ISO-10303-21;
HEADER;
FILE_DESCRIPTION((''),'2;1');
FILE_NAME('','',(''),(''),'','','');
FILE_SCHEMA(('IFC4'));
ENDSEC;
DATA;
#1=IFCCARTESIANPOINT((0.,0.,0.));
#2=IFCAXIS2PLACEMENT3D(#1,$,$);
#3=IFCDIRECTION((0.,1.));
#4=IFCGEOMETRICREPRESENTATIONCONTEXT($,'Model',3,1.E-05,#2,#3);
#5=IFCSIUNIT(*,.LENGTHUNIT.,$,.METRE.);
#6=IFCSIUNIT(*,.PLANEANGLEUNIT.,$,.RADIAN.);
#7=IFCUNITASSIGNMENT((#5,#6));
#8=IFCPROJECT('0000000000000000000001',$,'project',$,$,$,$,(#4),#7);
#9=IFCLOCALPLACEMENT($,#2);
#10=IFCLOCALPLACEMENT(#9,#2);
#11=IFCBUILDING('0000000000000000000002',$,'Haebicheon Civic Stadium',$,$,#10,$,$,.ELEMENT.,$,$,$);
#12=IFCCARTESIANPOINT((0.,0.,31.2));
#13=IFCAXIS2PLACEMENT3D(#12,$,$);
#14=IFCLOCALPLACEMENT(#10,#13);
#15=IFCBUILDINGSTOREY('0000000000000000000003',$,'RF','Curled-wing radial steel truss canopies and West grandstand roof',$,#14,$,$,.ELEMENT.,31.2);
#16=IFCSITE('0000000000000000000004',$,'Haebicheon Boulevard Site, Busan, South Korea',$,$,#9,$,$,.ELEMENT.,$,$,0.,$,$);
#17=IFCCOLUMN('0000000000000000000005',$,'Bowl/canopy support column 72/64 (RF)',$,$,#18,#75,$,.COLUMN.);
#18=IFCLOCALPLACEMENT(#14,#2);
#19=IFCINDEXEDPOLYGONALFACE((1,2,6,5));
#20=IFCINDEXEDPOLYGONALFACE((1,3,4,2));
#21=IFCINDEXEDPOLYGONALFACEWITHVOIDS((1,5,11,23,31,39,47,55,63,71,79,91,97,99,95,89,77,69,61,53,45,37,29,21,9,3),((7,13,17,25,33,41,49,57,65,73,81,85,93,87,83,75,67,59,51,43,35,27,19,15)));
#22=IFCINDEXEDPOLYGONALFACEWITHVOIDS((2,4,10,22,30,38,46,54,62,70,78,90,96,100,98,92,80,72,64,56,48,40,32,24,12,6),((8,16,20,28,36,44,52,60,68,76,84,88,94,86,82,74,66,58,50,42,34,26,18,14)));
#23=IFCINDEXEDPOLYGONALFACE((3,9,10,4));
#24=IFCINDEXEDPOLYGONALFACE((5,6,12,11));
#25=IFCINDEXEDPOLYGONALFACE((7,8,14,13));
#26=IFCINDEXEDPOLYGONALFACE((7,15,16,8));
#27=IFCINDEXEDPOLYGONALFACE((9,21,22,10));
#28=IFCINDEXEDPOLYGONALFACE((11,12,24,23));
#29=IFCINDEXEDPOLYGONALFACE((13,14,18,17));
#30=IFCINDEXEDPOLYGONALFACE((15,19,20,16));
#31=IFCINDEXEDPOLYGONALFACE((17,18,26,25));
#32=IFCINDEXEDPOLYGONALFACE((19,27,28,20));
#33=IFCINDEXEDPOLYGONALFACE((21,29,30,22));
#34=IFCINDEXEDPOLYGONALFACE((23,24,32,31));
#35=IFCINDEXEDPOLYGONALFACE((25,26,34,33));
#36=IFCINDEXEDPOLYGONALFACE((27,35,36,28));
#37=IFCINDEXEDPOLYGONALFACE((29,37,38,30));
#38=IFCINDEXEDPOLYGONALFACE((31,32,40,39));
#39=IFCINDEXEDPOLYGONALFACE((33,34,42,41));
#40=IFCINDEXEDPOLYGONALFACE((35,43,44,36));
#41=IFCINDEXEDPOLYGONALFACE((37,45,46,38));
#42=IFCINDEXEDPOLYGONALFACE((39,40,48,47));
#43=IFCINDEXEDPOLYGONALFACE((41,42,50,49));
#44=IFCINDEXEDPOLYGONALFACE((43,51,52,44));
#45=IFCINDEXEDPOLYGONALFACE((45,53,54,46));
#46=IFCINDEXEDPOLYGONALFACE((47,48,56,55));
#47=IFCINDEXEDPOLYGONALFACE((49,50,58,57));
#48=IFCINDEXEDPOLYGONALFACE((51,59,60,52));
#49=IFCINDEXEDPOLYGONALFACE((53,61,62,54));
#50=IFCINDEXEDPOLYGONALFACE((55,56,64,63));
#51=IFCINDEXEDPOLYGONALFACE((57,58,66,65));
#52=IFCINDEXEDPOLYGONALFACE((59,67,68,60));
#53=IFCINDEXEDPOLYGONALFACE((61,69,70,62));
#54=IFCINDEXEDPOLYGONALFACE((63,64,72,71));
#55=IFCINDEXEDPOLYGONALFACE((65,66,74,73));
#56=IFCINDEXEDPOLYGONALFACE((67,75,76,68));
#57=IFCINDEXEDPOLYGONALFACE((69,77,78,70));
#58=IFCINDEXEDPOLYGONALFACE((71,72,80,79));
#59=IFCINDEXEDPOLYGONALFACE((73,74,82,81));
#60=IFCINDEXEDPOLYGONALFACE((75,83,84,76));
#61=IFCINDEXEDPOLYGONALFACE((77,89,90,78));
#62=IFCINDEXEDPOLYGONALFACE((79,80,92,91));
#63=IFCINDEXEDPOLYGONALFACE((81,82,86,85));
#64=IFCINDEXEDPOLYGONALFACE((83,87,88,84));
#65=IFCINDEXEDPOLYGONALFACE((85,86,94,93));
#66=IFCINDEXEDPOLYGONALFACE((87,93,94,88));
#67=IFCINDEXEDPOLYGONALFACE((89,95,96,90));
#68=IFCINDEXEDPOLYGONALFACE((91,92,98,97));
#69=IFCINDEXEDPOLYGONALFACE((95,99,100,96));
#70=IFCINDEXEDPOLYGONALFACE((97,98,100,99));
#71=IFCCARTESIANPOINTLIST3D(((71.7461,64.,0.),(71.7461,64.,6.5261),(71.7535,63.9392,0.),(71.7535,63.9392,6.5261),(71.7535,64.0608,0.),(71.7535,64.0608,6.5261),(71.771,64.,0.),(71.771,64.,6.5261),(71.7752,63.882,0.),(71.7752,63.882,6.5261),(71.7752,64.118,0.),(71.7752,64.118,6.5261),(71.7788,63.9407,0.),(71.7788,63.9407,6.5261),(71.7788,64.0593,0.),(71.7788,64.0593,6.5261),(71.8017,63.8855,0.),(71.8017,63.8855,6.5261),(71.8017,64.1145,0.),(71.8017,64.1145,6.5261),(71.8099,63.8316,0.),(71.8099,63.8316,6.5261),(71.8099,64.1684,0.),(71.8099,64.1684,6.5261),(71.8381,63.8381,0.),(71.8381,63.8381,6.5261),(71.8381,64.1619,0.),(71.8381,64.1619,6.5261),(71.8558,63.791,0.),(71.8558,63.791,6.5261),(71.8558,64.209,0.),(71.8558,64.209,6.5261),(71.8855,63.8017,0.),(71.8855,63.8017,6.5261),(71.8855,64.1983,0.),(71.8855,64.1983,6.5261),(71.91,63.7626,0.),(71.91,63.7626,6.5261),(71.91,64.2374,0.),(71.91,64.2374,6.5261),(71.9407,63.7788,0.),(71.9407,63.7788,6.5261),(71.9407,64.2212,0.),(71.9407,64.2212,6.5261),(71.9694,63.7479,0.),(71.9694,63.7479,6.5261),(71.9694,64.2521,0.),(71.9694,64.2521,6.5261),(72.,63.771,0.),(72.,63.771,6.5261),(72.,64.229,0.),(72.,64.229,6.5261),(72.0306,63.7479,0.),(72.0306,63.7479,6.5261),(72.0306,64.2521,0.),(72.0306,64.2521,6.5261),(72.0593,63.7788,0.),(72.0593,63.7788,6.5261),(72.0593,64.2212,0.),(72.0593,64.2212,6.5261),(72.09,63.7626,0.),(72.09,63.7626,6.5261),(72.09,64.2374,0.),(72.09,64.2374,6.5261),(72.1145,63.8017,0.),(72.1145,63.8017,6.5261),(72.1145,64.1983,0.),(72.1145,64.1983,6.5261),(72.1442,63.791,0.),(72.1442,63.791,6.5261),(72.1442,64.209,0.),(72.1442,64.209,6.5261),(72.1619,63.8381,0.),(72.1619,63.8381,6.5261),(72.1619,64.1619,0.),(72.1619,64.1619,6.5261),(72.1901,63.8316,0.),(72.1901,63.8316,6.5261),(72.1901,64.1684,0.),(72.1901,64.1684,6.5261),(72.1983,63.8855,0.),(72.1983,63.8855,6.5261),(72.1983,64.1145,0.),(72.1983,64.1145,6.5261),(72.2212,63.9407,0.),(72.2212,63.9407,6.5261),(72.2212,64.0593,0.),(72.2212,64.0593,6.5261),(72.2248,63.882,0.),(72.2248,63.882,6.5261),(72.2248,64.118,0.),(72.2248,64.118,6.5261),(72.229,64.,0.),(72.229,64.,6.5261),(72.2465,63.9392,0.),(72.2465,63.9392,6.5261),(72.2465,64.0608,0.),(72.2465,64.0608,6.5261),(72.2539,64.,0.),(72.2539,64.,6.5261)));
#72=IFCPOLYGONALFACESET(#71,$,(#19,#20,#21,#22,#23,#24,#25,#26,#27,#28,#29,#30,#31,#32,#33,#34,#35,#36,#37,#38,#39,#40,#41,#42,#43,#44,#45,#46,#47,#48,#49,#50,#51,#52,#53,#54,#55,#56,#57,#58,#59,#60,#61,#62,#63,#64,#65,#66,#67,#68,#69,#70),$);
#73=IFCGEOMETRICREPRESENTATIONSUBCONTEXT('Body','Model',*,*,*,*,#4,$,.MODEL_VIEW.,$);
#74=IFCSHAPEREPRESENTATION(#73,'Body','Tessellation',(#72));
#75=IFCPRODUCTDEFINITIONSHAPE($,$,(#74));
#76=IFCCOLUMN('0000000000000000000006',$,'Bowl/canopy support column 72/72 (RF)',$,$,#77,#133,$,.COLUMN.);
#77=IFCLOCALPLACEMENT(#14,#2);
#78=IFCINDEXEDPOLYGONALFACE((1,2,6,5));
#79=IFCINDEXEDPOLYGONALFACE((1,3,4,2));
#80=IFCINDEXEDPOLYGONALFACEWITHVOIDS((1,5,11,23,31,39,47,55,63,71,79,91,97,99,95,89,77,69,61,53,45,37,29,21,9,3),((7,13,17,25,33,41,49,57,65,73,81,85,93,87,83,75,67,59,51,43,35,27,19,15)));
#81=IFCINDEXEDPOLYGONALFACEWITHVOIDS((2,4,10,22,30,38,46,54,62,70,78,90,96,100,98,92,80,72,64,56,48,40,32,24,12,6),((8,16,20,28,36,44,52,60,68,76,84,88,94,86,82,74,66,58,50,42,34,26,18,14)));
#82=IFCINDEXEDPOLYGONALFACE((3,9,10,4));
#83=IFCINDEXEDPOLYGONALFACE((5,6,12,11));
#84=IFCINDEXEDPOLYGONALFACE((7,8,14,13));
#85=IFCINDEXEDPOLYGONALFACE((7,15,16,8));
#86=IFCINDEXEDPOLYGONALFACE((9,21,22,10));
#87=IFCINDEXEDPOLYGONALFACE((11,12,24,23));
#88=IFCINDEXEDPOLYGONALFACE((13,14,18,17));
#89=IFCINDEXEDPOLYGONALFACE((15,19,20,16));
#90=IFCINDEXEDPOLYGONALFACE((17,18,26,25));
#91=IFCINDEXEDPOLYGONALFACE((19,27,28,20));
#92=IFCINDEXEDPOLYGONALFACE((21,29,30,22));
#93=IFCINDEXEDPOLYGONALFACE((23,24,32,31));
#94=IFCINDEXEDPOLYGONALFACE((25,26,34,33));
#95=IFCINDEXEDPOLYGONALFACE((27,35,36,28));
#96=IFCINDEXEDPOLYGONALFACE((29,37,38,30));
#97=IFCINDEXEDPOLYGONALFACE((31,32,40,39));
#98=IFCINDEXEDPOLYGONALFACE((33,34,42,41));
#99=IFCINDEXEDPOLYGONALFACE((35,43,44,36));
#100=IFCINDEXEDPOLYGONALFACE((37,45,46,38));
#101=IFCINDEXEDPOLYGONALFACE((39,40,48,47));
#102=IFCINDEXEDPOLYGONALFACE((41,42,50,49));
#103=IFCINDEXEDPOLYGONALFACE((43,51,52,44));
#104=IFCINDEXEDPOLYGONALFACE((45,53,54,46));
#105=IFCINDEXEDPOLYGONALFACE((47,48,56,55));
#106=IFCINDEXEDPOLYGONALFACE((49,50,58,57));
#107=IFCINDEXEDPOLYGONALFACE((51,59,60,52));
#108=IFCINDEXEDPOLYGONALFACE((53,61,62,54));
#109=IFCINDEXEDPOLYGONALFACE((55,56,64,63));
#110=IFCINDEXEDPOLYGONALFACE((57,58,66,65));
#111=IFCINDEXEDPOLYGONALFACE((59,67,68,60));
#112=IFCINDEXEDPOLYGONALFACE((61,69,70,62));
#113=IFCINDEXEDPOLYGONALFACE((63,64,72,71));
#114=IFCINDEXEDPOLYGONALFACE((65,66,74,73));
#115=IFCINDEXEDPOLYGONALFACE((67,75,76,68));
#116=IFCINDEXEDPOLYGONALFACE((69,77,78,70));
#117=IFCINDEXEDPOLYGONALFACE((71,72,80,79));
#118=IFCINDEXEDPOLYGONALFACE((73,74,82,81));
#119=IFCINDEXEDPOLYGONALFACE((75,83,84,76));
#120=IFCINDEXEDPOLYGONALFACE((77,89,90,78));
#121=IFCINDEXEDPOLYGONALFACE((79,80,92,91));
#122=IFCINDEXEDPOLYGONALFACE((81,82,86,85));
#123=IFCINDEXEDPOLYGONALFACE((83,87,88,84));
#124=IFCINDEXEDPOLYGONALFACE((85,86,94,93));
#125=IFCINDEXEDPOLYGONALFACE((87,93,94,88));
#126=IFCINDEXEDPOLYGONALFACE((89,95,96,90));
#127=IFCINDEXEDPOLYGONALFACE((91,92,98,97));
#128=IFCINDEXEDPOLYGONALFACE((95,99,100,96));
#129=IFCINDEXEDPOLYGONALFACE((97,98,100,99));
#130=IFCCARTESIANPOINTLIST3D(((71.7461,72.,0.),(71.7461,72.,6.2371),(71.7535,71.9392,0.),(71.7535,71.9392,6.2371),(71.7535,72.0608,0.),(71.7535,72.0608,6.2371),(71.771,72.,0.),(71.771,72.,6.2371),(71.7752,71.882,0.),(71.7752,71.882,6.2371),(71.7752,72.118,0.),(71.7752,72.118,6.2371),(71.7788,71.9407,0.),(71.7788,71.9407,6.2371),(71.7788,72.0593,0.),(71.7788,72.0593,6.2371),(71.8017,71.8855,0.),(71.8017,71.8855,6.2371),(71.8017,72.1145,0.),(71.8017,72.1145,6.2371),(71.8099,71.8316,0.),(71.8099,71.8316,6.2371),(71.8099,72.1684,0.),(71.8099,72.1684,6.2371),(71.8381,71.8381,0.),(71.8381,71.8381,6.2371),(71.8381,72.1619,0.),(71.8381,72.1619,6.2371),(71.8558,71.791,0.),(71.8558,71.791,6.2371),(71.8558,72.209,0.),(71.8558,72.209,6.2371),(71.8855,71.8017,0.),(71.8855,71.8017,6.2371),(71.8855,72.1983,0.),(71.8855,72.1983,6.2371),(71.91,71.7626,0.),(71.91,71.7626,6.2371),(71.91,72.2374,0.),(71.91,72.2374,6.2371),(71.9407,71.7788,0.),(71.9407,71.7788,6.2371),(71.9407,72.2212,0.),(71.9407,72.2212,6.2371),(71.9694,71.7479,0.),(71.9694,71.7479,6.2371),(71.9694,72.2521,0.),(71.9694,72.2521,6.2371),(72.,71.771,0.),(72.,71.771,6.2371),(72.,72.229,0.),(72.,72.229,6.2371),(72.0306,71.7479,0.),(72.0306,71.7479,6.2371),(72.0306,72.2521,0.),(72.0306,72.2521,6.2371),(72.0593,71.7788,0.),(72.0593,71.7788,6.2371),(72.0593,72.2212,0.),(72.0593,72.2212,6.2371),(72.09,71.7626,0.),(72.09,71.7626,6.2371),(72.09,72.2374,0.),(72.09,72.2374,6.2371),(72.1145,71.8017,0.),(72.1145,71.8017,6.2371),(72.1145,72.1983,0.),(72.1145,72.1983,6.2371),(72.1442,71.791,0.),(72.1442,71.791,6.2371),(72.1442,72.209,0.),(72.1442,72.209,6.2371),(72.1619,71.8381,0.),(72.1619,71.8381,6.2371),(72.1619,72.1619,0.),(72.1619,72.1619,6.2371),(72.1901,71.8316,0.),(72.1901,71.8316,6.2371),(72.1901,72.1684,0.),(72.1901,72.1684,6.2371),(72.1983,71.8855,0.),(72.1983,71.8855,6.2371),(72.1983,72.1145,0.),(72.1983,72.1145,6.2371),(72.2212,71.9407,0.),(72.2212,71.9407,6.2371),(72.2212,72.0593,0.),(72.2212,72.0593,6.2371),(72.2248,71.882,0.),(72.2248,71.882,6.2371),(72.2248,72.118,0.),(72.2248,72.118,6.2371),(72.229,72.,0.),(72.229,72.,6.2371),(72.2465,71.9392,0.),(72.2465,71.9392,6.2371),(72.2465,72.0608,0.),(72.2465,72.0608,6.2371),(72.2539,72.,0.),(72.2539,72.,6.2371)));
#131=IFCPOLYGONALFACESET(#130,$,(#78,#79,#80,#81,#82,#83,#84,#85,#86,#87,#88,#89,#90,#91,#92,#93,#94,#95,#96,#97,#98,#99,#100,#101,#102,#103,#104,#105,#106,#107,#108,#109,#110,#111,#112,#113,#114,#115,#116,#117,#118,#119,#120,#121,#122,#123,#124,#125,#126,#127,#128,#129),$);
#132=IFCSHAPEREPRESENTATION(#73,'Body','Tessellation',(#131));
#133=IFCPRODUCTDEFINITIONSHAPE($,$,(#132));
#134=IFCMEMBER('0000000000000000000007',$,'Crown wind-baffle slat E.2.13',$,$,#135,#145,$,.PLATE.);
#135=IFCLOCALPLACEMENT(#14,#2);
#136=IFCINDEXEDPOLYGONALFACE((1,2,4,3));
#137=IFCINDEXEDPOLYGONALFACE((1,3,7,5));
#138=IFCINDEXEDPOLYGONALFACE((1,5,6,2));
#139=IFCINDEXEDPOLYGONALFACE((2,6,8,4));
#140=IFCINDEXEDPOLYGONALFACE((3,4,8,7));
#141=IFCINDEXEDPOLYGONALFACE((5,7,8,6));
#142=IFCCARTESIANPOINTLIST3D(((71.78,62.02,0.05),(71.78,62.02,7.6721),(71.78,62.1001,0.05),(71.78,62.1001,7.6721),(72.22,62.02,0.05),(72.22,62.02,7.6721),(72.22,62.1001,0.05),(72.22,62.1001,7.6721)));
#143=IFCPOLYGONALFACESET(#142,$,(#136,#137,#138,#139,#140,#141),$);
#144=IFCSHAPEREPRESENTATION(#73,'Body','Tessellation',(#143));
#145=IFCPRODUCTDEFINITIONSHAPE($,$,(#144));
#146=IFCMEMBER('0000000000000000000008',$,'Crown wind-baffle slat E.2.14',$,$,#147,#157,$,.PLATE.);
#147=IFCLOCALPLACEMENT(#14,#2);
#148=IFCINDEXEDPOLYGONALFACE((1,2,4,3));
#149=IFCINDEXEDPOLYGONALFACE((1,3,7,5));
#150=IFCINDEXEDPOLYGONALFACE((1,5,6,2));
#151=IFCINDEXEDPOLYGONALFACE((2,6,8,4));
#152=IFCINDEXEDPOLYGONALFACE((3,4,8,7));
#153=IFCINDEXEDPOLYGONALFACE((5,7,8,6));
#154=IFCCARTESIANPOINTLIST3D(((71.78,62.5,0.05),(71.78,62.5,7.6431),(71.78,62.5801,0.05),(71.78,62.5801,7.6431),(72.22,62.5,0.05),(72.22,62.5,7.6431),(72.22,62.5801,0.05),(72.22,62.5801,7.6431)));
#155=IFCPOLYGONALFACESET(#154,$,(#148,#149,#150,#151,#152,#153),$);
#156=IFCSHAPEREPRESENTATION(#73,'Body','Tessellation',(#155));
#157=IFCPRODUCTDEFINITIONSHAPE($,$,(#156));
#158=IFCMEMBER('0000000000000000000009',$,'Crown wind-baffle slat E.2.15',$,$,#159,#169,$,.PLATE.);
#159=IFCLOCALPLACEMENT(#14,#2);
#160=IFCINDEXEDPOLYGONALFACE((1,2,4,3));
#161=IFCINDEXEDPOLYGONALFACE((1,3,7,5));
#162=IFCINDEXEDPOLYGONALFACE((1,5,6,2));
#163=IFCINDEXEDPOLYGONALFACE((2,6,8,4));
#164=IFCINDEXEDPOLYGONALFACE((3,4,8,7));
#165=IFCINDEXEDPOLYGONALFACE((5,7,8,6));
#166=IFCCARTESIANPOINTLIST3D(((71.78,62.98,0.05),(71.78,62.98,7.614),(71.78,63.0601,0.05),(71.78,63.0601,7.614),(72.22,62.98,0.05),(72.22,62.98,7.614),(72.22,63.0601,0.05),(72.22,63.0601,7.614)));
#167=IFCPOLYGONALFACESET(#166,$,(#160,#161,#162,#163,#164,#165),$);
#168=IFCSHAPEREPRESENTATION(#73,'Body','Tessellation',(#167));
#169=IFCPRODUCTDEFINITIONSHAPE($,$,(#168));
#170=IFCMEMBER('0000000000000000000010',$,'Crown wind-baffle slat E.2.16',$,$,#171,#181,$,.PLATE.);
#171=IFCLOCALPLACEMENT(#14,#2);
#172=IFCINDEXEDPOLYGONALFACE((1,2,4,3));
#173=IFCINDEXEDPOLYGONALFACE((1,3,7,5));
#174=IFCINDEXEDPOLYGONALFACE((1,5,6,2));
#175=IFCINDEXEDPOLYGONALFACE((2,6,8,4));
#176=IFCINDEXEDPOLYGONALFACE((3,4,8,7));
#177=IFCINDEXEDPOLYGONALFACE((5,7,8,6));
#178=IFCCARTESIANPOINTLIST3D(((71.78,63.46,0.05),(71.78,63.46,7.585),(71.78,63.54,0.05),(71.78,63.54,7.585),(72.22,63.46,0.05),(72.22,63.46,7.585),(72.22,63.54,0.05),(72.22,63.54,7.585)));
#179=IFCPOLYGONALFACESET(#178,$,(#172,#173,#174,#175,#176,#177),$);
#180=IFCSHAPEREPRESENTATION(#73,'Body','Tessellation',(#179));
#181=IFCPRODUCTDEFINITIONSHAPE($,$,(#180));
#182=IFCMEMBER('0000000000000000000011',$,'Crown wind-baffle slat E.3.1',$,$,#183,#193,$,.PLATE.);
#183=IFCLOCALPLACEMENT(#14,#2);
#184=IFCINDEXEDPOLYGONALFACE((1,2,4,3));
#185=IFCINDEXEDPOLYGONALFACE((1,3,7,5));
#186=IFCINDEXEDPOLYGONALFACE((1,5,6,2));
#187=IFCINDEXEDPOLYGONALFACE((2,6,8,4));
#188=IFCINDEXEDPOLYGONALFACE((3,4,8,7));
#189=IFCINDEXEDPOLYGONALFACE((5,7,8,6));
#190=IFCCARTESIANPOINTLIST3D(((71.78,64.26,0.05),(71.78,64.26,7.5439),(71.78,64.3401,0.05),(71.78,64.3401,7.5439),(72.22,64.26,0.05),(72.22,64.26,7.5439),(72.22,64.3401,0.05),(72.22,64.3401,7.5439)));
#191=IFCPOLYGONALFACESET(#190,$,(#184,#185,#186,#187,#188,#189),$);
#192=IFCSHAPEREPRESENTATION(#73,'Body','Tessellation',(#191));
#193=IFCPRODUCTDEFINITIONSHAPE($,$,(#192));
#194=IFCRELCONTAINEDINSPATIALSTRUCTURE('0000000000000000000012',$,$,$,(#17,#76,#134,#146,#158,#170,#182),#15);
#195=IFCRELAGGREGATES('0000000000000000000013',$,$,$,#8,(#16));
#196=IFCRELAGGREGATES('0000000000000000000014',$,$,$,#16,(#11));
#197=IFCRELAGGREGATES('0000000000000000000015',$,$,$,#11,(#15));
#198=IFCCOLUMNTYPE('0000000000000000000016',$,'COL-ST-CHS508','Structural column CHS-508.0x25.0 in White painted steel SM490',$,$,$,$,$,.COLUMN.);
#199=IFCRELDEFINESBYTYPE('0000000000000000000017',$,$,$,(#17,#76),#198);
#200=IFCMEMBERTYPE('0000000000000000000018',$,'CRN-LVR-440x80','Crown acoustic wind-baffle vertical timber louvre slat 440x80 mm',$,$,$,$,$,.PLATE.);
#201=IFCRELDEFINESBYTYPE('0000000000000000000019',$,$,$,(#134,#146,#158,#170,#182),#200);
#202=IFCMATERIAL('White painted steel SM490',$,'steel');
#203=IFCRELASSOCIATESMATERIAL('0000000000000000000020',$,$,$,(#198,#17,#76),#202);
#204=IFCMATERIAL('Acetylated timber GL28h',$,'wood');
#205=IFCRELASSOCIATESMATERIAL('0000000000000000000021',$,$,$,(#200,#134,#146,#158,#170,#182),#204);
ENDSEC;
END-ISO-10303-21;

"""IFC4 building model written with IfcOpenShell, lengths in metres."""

from ifc_helpers import new_model, si_unit, direction, frame, origin, origin_2d, place, context, subcontext, project, spatial, rectangle, hollow_circle, extrude, material, material_profile, profile_set, type_object, element, save


model = new_model("IFC4")

# Units and contexts
model_context = context("Model", 3, precision=1e-05, world=origin(), true_north=direction((0.0, 1.0)))
body_context = subcontext(model_context, "Body", "Model", "MODEL_VIEW")
ifc_project = project(units=[si_unit("LENGTHUNIT", "METRE"), si_unit("PLANEANGLEUNIT", "RADIAN")], contexts=[model_context])

# Site, building, storey
site_placement = place(None, origin())
site = spatial("IfcSite", under=ifc_project, at=site_placement, Name="Haebicheon Boulevard Site, Busan, South Korea", CompositionType="ELEMENT", RefElevation=0.0)
building_placement = place(site_placement, origin())
building = spatial("IfcBuilding", under=site, at=building_placement, Name="Haebicheon Civic Stadium", CompositionType="ELEMENT")
storey_placement = place(building_placement, frame((0.0, 0.0, 31.2)))
storey = spatial("IfcBuildingStorey", under=building, at=storey_placement, Name="RF", Description="Curled-wing radial steel truss canopies and West grandstand roof", CompositionType="ELEMENT", Elevation=31.2)

# Columns
ifc_material_1 = material(Name="White painted steel SM490", Category="steel")
ifc_material_profile_1 = material_profile(ifc_material_1, hollow_circle(Radius=0.2539, WallThickness=0.0249, at=origin_2d()), Name="CHS-508.0x25.0")
ifc_profile_set_1 = profile_set([ifc_material_profile_1], Name="White painted steel SM490")
column_type = type_object("IfcColumnType", Name="COL-ST-CHS508", Description="Structural column CHS-508.0x25.0 in White painted steel SM490", PredefinedType="COLUMN", material=ifc_profile_set_1)
column_1_placement = place(storey_placement, frame((72.0, 64.0, 0.0), z_axis=(0.0, 0.0, 1.0), x_axis=(1.0, 0.0, 0.0)))
element("IfcColumn", 1, at=column_1_placement, inside=storey, type_object=column_type, material=ifc_profile_set_1, Name="Bowl/canopy support column 72/64 (RF)", PredefinedType="COLUMN", context=body_context, shape_type="SweptSolid", body=[
    extrude(hollow_circle(Radius=0.2539, WallThickness=0.0249, at=origin_2d()), origin(), (0.0, 0.0, 1.0), 6.5261),
])
column_2_placement = place(storey_placement, frame((72.0, 72.0, 0.0), z_axis=(0.0, 0.0, 1.0), x_axis=(1.0, 0.0, 0.0)))
element("IfcColumn", 2, at=column_2_placement, inside=storey, type_object=column_type, material=ifc_profile_set_1, Name="Bowl/canopy support column 72/72 (RF)", PredefinedType="COLUMN", context=body_context, shape_type="SweptSolid", body=[
    extrude(hollow_circle(Radius=0.2539, WallThickness=0.0249, at=origin_2d()), origin(), (0.0, 0.0, 1.0), 6.2371),
])

# Members
ifc_material_2 = material(Name="Acetylated timber GL28h", Category="wood")
ifc_material_profile_2 = material_profile(ifc_material_2, rectangle(XDim=0.0801, YDim=0.4399, at=origin_2d()), Name="TMB-LOUV-80x440")
ifc_profile_set_2 = profile_set([ifc_material_profile_2], Name="Acetylated timber GL28h")
member_type_1 = type_object("IfcMemberType", Name="CRN-LVR-440x80", Description="Crown acoustic wind-baffle vertical timber louvre slat 440x80 mm", PredefinedType="PLATE", material=ifc_profile_set_2)
member_1_placement = place(storey_placement, frame((72.0, 62.0601, 0.05), z_axis=(0.0, 0.0, 1.0), x_axis=(0.0, 1.0, 0.0)))
element("IfcMember", 3, at=member_1_placement, inside=storey, type_object=member_type_1, material=ifc_profile_set_2, Name="Crown wind-baffle slat E.2.13", PredefinedType="PLATE", context=body_context, shape_type="SweptSolid", body=[
    extrude(rectangle(XDim=0.0801, YDim=0.4399, at=origin_2d()), origin(), (0.0, 0.0, 1.0), 7.6221),
])
member_2_placement = place(storey_placement, frame((72.0, 62.54, 0.05), z_axis=(0.0, 0.0, 1.0), x_axis=(0.0, 1.0, 0.0)))
element("IfcMember", 4, at=member_2_placement, inside=storey, type_object=member_type_1, material=ifc_profile_set_2, Name="Crown wind-baffle slat E.2.14", PredefinedType="PLATE", context=body_context, shape_type="SweptSolid", body=[
    extrude(rectangle(XDim=0.0801, YDim=0.4399, at=origin_2d()), origin(), (0.0, 0.0, 1.0), 7.593),
])
member_3_placement = place(storey_placement, frame((72.0, 63.02, 0.05), z_axis=(0.0, 0.0, 1.0), x_axis=(0.0, 1.0, 0.0)))
element("IfcMember", 5, at=member_3_placement, inside=storey, type_object=member_type_1, material=ifc_profile_set_2, Name="Crown wind-baffle slat E.2.15", PredefinedType="PLATE", context=body_context, shape_type="SweptSolid", body=[
    extrude(rectangle(XDim=0.0801, YDim=0.4399, at=origin_2d()), origin(), (0.0, 0.0, 1.0), 7.564),
])
member_4_placement = place(storey_placement, frame((72.0, 63.5, 0.05), z_axis=(0.0, 0.0, 1.0), x_axis=(0.0, 1.0, 0.0)))
element("IfcMember", 6, at=member_4_placement, inside=storey, type_object=member_type_1, material=ifc_profile_set_2, Name="Crown wind-baffle slat E.2.16", PredefinedType="PLATE", context=body_context, shape_type="SweptSolid", body=[
    extrude(rectangle(XDim=0.0801, YDim=0.4399, at=origin_2d()), origin(), (0.0, 0.0, 1.0), 7.5349),
])
member_5_placement = place(storey_placement, frame((72.0, 64.3, 0.05), z_axis=(0.0, 0.0, 1.0), x_axis=(0.0, 1.0, 0.0)))
element("IfcMember", 7, at=member_5_placement, inside=storey, type_object=member_type_1, material=ifc_profile_set_2, Name="Crown wind-baffle slat E.3.1", PredefinedType="PLATE", context=body_context, shape_type="SweptSolid", body=[
    extrude(rectangle(XDim=0.0801, YDim=0.4399, at=origin_2d()), origin(), (0.0, 0.0, 1.0), 7.4939),
])

save(model, "model.ifc")
